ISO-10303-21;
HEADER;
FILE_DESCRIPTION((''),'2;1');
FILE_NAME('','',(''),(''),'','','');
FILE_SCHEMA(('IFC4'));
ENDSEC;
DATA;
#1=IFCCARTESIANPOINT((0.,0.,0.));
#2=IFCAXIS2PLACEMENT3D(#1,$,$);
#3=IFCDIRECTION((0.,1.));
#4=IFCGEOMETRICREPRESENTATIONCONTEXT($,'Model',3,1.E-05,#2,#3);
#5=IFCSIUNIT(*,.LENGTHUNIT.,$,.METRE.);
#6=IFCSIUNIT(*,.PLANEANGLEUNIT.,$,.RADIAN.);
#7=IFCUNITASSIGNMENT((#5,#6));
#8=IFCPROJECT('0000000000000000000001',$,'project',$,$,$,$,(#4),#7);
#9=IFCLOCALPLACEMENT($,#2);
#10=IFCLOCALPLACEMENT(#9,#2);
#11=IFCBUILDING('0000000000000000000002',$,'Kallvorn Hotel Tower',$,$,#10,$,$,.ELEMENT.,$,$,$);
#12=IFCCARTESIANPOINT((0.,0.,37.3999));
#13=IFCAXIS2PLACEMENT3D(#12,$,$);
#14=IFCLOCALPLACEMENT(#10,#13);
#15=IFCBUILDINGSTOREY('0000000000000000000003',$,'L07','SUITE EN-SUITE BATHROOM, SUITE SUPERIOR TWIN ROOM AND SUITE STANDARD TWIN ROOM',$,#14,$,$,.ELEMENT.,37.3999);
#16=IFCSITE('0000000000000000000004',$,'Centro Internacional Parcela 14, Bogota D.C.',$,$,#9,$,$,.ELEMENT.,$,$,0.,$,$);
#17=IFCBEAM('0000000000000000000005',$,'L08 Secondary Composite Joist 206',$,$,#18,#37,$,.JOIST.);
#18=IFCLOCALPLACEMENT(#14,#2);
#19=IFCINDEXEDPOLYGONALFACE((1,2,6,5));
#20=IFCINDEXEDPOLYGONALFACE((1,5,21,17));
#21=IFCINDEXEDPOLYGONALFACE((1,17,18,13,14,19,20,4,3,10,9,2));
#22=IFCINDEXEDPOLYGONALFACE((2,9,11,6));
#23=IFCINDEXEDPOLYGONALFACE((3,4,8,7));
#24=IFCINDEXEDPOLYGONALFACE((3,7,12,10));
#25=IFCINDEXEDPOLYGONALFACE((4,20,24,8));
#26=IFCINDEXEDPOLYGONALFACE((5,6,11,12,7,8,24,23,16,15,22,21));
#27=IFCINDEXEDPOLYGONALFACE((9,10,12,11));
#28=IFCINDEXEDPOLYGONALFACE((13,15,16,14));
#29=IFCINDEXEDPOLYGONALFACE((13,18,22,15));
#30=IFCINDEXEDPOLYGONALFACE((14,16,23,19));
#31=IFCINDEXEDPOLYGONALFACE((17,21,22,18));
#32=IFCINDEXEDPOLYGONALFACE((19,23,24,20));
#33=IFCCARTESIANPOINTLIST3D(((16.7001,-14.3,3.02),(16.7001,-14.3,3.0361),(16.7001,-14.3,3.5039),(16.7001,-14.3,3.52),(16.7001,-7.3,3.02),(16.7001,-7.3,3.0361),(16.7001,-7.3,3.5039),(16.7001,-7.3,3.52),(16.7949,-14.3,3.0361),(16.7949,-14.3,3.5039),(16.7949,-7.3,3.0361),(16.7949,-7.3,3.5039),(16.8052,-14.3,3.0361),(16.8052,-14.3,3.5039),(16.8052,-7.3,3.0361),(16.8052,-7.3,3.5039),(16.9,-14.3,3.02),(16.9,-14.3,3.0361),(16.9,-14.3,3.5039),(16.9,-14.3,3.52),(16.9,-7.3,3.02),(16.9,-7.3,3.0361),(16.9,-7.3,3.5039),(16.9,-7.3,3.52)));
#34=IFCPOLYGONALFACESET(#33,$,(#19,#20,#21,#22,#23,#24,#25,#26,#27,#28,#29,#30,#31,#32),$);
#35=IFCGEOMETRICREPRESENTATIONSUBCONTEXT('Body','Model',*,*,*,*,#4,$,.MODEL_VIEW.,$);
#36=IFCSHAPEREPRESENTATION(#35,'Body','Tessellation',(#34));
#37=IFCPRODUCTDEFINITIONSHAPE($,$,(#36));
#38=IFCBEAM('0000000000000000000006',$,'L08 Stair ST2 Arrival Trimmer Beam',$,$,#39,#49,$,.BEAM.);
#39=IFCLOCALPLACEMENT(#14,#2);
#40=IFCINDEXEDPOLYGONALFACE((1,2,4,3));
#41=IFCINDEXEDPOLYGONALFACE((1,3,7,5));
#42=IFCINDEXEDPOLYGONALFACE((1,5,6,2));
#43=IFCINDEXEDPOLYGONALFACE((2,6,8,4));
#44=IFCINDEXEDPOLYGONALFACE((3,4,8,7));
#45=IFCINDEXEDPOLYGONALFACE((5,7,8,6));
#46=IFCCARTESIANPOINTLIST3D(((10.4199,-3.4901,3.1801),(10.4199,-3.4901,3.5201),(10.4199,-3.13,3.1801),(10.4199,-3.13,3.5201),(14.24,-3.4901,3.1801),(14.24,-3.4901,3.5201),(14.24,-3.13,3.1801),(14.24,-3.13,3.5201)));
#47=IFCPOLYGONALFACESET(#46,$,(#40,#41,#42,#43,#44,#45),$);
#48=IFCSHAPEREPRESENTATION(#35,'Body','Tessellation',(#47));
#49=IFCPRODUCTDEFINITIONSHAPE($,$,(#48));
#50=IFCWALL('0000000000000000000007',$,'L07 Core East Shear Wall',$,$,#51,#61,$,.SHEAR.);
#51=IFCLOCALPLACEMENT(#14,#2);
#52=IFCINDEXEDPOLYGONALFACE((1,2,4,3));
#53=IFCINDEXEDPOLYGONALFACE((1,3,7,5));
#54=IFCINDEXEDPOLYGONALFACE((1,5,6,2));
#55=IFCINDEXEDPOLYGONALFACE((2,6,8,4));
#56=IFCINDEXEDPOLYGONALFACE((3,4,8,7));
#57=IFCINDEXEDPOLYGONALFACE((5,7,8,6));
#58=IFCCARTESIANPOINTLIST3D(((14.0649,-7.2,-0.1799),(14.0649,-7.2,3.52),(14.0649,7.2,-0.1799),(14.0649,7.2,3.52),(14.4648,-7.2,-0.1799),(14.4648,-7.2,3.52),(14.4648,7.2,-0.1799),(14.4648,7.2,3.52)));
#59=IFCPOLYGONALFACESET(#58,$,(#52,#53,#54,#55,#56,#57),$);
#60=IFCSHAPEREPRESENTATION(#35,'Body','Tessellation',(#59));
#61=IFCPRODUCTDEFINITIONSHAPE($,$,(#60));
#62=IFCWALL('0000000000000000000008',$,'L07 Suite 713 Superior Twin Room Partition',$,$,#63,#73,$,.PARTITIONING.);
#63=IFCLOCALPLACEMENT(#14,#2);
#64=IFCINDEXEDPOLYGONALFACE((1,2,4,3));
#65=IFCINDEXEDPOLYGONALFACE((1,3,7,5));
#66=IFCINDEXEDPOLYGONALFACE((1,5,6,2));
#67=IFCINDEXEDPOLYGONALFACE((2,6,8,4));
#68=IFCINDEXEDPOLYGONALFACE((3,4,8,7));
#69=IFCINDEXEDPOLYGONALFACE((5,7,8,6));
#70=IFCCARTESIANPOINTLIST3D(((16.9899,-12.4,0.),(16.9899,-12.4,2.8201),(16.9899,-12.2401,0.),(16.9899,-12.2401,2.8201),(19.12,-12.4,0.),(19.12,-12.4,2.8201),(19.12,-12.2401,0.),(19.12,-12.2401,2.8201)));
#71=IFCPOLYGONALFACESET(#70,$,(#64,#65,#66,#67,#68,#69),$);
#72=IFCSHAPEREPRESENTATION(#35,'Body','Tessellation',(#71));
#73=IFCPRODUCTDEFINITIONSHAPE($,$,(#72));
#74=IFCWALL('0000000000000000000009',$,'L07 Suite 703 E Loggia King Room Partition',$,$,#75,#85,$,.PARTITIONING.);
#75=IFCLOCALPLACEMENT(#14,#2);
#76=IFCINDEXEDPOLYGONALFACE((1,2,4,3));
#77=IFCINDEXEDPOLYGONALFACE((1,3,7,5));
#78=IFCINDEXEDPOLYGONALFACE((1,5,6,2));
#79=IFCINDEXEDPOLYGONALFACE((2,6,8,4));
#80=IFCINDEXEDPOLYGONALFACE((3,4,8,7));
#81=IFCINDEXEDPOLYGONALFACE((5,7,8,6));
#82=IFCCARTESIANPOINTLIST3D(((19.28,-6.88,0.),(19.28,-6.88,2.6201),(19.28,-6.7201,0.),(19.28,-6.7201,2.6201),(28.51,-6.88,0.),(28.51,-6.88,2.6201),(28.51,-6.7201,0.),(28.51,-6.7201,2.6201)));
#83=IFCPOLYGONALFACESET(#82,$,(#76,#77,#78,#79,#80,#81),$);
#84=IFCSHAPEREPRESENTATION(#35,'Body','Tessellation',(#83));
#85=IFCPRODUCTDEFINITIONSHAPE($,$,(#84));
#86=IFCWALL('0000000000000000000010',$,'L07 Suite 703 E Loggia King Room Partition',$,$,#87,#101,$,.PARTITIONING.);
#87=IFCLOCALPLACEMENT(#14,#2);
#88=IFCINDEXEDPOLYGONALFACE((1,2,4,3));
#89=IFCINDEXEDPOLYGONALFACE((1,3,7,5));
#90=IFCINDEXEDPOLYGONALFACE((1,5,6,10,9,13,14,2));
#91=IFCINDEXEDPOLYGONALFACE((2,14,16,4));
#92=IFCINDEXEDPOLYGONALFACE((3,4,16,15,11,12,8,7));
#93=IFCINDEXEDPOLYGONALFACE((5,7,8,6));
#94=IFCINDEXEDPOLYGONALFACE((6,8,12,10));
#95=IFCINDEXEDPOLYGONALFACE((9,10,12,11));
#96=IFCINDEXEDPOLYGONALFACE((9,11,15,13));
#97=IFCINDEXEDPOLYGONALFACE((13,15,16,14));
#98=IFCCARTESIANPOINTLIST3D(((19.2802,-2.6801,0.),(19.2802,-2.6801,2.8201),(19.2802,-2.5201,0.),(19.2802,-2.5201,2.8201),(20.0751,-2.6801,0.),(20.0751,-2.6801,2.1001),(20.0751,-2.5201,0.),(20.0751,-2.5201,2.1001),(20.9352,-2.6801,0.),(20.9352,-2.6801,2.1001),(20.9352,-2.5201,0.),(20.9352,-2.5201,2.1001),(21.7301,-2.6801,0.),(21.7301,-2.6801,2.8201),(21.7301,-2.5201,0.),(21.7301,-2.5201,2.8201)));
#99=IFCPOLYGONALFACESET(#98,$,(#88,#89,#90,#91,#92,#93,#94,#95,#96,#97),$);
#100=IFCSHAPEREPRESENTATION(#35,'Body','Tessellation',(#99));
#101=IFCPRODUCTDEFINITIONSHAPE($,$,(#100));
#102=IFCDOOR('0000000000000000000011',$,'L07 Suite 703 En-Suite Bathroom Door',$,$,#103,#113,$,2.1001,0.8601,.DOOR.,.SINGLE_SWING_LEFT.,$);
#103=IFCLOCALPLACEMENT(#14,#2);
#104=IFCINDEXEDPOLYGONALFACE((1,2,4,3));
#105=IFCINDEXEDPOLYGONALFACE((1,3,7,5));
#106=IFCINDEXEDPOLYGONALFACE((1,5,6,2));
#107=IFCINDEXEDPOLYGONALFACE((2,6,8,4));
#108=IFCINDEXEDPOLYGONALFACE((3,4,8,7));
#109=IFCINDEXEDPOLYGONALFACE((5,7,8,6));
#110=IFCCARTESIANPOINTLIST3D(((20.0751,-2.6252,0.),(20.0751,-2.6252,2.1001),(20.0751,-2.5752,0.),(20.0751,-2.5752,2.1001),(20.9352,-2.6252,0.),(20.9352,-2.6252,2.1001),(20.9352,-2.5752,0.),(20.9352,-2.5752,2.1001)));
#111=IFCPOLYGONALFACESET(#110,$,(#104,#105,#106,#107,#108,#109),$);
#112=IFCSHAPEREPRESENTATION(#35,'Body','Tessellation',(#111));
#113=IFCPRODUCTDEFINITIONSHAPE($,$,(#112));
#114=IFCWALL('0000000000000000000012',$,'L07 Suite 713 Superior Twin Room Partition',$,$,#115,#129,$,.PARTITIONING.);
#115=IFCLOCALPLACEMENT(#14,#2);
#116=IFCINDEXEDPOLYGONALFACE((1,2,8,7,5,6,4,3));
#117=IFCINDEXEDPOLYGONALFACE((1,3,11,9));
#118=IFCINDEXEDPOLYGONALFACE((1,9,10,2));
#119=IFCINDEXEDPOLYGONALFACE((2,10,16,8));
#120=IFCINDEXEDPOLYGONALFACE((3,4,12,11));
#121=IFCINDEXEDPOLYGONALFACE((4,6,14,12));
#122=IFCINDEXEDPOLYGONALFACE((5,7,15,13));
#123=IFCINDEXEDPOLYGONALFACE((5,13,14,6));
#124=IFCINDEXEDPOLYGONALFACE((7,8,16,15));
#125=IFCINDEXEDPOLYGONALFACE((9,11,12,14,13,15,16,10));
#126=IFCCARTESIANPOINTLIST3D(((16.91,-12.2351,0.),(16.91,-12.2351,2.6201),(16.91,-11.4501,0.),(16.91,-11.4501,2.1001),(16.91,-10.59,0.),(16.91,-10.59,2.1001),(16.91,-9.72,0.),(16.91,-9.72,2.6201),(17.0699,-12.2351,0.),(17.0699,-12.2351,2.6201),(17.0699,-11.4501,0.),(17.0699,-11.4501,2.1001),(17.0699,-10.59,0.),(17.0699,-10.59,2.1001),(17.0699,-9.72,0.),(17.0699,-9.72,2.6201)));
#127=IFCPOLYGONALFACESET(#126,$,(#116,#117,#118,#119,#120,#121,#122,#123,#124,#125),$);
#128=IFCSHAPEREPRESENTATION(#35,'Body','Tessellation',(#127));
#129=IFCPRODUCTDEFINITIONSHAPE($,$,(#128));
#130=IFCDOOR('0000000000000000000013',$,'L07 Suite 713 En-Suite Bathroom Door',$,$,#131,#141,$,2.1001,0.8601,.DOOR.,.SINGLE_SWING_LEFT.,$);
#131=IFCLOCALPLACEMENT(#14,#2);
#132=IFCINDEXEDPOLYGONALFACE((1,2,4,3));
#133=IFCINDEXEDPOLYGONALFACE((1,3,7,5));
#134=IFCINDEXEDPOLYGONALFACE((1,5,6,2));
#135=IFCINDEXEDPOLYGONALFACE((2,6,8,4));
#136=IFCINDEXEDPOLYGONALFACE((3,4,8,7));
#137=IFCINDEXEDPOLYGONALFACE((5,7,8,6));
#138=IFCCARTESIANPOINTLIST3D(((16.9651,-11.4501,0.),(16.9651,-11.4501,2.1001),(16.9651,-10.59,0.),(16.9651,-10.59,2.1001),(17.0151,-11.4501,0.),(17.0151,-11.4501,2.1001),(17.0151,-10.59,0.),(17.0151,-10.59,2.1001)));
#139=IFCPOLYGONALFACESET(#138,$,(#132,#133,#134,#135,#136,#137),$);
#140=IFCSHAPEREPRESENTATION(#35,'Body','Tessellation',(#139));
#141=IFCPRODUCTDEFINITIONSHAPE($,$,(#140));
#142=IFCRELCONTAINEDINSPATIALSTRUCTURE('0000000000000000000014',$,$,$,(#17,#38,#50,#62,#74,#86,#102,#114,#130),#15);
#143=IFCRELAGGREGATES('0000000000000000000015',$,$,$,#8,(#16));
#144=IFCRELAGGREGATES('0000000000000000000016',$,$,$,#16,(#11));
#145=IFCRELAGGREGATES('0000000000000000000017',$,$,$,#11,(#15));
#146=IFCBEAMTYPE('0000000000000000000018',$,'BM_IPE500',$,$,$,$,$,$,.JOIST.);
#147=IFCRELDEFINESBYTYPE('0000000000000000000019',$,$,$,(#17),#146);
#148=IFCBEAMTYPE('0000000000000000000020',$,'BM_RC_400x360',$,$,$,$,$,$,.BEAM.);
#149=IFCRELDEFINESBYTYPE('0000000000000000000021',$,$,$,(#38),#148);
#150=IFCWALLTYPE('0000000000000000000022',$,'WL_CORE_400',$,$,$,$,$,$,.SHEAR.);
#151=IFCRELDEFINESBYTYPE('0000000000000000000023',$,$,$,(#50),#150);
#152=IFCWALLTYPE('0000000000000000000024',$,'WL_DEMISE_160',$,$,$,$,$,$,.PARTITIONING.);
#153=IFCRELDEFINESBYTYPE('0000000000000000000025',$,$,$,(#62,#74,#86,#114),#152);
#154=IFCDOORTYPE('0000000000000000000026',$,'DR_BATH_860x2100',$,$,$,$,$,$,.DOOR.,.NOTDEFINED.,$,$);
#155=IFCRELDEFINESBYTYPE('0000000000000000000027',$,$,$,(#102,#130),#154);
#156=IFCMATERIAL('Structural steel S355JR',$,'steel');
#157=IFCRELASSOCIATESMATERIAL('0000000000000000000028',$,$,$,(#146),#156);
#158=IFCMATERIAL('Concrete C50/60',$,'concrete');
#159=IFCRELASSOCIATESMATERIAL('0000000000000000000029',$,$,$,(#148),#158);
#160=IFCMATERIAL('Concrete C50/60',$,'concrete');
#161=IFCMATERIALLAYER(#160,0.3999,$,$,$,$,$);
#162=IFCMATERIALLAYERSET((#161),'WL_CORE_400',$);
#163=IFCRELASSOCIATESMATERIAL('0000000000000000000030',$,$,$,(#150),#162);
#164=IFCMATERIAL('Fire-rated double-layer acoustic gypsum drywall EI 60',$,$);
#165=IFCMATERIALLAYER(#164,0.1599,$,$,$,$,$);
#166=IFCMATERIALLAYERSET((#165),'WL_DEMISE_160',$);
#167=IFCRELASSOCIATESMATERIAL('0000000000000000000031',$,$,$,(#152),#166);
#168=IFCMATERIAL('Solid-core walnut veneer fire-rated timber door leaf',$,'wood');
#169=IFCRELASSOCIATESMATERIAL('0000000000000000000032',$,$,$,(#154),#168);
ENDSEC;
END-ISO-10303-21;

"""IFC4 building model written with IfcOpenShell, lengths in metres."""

from ifc_helpers import new_model, si_unit, direction, frame, frame_2d, origin, origin_2d, place, context, subcontext, project, spatial, rectangle, i_section, extrude, material, layer, layer_set, material_profile, profile_set, type_object, element, fill, save


model = new_model("IFC4")

# Units and contexts
model_context = context("Model", 3, precision=1e-05, world=origin(), true_north=direction((0.0, 1.0)))
body_context = subcontext(model_context, "Body", "Model", "MODEL_VIEW")
ifc_project = project(units=[si_unit("LENGTHUNIT", "METRE"), si_unit("PLANEANGLEUNIT", "RADIAN")], contexts=[model_context])

# Site, building, storey
site_placement = place(None, origin())
site = spatial("IfcSite", under=ifc_project, at=site_placement, Name="Centro Internacional Parcela 14, Bogota D.C.", CompositionType="ELEMENT", RefElevation=0.0)
building_placement = place(site_placement, origin())
building = spatial("IfcBuilding", under=site, at=building_placement, Name="Kallvorn Hotel Tower", CompositionType="ELEMENT")
storey_placement = place(building_placement, frame((0.0, 0.0, 37.3999)))
storey = spatial("IfcBuildingStorey", under=building, at=storey_placement, Name="L07", Description="SUITE EN-SUITE BATHROOM, SUITE SUPERIOR TWIN ROOM AND SUITE STANDARD TWIN ROOM", CompositionType="ELEMENT", Elevation=37.3999)

# Beams
ifc_material_1 = material(Name="Structural steel S355JR", Category="steel")
ifc_material_profile_1 = material_profile(ifc_material_1, i_section(OverallWidth=0.2, OverallDepth=0.5, WebThickness=0.0103, FlangeThickness=0.0161, at=origin_2d()), Name="IPE 500")
ifc_profile_set_1 = profile_set([ifc_material_profile_1], Name="Structural steel S355JR")
beam_type_1 = type_object("IfcBeamType", Name="BM_IPE500", PredefinedType="JOIST", material=ifc_profile_set_1)
beam_1_placement = place(storey_placement, frame((16.8, -14.3, 3.27), z_axis=(0.0, 1.0, 0.0), x_axis=(-1.0, 0.0, 0.0)))
element("IfcBeam", 1, at=beam_1_placement, inside=storey, type_object=beam_type_1, Name="L08 Secondary Composite Joist 206", PredefinedType="JOIST", context=body_context, shape_type="SweptSolid", body=[
    extrude(i_section(OverallWidth=0.2, OverallDepth=0.5, WebThickness=0.0103, FlangeThickness=0.0161, at=origin_2d()), origin(), (0.0, 0.0, 1.0), 7.0),
])
ifc_material_2 = material(Name="Concrete C50/60", Category="concrete")
ifc_material_profile_2 = material_profile(ifc_material_2, rectangle(XDim=0.3601, YDim=0.3401, at=origin_2d()), Name="RC 360x340")
ifc_profile_set_2 = profile_set([ifc_material_profile_2], Name="Concrete C50/60")
beam_type_2 = type_object("IfcBeamType", Name="BM_RC_400x360", PredefinedType="BEAM", material=ifc_profile_set_2)
beam_2_placement = place(storey_placement, frame((14.24, -3.3101, 3.3501), z_axis=(-1.0, 0.0, 0.0), x_axis=(0.0, -1.0, 0.0)))
element("IfcBeam", 2, at=beam_2_placement, inside=storey, type_object=beam_type_2, Name="L08 Stair ST2 Arrival Trimmer Beam", PredefinedType="BEAM", context=body_context, shape_type="SweptSolid", body=[
    extrude(rectangle(XDim=0.3601, YDim=0.3401, at=origin_2d()), origin(), (0.0, 0.0, 1.0), 3.8201),
])

# Walls
ifc_material_3 = material(Name="Concrete C50/60", Category="concrete")
ifc_layer_1 = layer(ifc_material_3, 0.3999)
ifc_layer_set_1 = layer_set([ifc_layer_1], Name="WL_CORE_400")
wall_type_1 = type_object("IfcWallType", Name="WL_CORE_400", PredefinedType="SHEAR", material=ifc_layer_set_1)
wall_1_placement = place(storey_placement, frame((14.2649, -7.2, -0.1799), z_axis=(0.0, 0.0, 1.0), x_axis=(0.0, 1.0, 0.0)))
element("IfcWall", 3, at=wall_1_placement, inside=storey, type_object=wall_type_1, Name="L07 Core East Shear Wall", PredefinedType="SHEAR", context=body_context, shape_type="SweptSolid", body=[
    extrude(rectangle(XDim=14.3999, YDim=0.3999, at=frame_2d((7.2, 0.0))), origin(), (0.0, 0.0, 1.0), 3.7),
])
ifc_material_4 = material(Name="Fire-rated double-layer acoustic gypsum drywall EI 60")
ifc_layer_2 = layer(ifc_material_4, 0.1599)
ifc_layer_set_2 = layer_set([ifc_layer_2], Name="WL_DEMISE_160")
wall_type_2 = type_object("IfcWallType", Name="WL_DEMISE_160", PredefinedType="PARTITIONING", material=ifc_layer_set_2)
wall_2_placement = place(storey_placement, frame((16.99, -12.3201, 0.0), z_axis=(0.0, 0.0, 1.0), x_axis=(1.0, 0.0, 0.0)))
element("IfcWall", 4, at=wall_2_placement, inside=storey, type_object=wall_type_2, Name="L07 Suite 713 Superior Twin Room Partition", PredefinedType="PARTITIONING", context=body_context, shape_type="SweptSolid", body=[
    extrude(rectangle(XDim=2.1301, YDim=0.1599, at=frame_2d((1.0649, 0.0))), origin(), (0.0, 0.0, 1.0), 2.8201),
])
wall_3_placement = place(storey_placement, frame((19.28, -6.8, 0.0), z_axis=(0.0, 0.0, 1.0), x_axis=(1.0, 0.0, 0.0)))
element("IfcWall", 5, at=wall_3_placement, inside=storey, type_object=wall_type_2, Name="L07 Suite 703 E Loggia King Room Partition", PredefinedType="PARTITIONING", context=body_context, shape_type="SweptSolid", body=[
    extrude(rectangle(XDim=9.23, YDim=0.1599, at=frame_2d((4.615, 0.0))), origin(), (0.0, 0.0, 1.0), 2.6201),
])

# Walls, openings, doors
wall_4_placement = place(storey_placement, frame((19.28, -2.6001, 0.0), z_axis=(0.0, 0.0, 1.0), x_axis=(1.0, 0.0, 0.0)))
wall_4 = element("IfcWall", 6, at=wall_4_placement, inside=storey, type_object=wall_type_2, Name="L07 Suite 703 E Loggia King Room Partition", PredefinedType="PARTITIONING", context=body_context, shape_type="SweptSolid", body=[
    extrude(rectangle(XDim=2.45, YDim=0.1599, at=frame_2d((1.2251, 0.0))), origin(), (0.0, 0.0, 1.0), 2.8201),
])
opening_1_placement = place(wall_4_placement, frame((0.7949, 0.0, 0.0)))
opening_1 = element("IfcOpeningElement", 7, at=opening_1_placement, cuts=wall_4, PredefinedType="OPENING", context=body_context, shape_type="SweptSolid", body=[
    extrude(rectangle(XDim=0.8601, YDim=2.1001, at=frame_2d((0.4302, 1.05))), frame((0.0, 0.095, 0.0), z_axis=(0.0, -1.0, 0.0), x_axis=(1.0, 0.0, 0.0)), (0.0, 0.0, 1.0), 0.1899),
])
ifc_material_5 = material(Name="Solid-core walnut veneer fire-rated timber door leaf", Category="wood")
door_type_1 = type_object("IfcDoorType", Name="DR_BATH_860x2100", OperationType="NOTDEFINED", PredefinedType="DOOR", material=ifc_material_5)
door_1_placement = place(opening_1_placement, origin())
door_1 = element("IfcDoor", 8, at=door_1_placement, inside=storey, type_object=door_type_1, Name="L07 Suite 703 En-Suite Bathroom Door", OperationType="SINGLE_SWING_LEFT", OverallHeight=2.1001, OverallWidth=0.8601, PredefinedType="DOOR", context=body_context, shape_type="SweptSolid", body=[
    extrude(rectangle(XDim=0.8601, YDim=2.1001, at=frame_2d((0.4302, 1.05))), frame((0.0, 0.0249, 0.0), z_axis=(0.0, -1.0, 0.0), x_axis=(1.0, 0.0, 0.0)), (0.0, 0.0, 1.0), 0.05),
])
fill(opening_1, door_1)
wall_5_placement = place(storey_placement, frame((16.99, -12.2351, 0.0), z_axis=(0.0, 0.0, 1.0), x_axis=(0.0, 1.0, 0.0)))
wall_5 = element("IfcWall", 9, at=wall_5_placement, inside=storey, type_object=wall_type_2, Name="L07 Suite 713 Superior Twin Room Partition", PredefinedType="PARTITIONING", context=body_context, shape_type="SweptSolid", body=[
    extrude(rectangle(XDim=2.5151, YDim=0.1599, at=frame_2d((1.2576, 0.0))), origin(), (0.0, 0.0, 1.0), 2.6201),
])
opening_2_placement = place(wall_5_placement, frame((0.7849, 0.0, 0.0)))
opening_2 = element("IfcOpeningElement", 10, at=opening_2_placement, cuts=wall_5, PredefinedType="OPENING", context=body_context, shape_type="SweptSolid", body=[
    extrude(rectangle(XDim=0.8601, YDim=2.1001, at=frame_2d((0.4302, 1.05))), frame((0.0, 0.095, 0.0), z_axis=(0.0, -1.0, 0.0), x_axis=(1.0, 0.0, 0.0)), (0.0, 0.0, 1.0), 0.1899),
])
door_2_placement = place(opening_2_placement, origin())
door_2 = element("IfcDoor", 11, at=door_2_placement, inside=storey, type_object=door_type_1, Name="L07 Suite 713 En-Suite Bathroom Door", OperationType="SINGLE_SWING_LEFT", OverallHeight=2.1001, OverallWidth=0.8601, PredefinedType="DOOR", context=body_context, shape_type="SweptSolid", body=[
    extrude(rectangle(XDim=0.8601, YDim=2.1001, at=frame_2d((0.4302, 1.05))), frame((0.0, 0.0249, 0.0), z_axis=(0.0, -1.0, 0.0), x_axis=(1.0, 0.0, 0.0)), (0.0, 0.0, 1.0), 0.05),
])
fill(opening_2, door_2)

save(model, "model.ifc")
